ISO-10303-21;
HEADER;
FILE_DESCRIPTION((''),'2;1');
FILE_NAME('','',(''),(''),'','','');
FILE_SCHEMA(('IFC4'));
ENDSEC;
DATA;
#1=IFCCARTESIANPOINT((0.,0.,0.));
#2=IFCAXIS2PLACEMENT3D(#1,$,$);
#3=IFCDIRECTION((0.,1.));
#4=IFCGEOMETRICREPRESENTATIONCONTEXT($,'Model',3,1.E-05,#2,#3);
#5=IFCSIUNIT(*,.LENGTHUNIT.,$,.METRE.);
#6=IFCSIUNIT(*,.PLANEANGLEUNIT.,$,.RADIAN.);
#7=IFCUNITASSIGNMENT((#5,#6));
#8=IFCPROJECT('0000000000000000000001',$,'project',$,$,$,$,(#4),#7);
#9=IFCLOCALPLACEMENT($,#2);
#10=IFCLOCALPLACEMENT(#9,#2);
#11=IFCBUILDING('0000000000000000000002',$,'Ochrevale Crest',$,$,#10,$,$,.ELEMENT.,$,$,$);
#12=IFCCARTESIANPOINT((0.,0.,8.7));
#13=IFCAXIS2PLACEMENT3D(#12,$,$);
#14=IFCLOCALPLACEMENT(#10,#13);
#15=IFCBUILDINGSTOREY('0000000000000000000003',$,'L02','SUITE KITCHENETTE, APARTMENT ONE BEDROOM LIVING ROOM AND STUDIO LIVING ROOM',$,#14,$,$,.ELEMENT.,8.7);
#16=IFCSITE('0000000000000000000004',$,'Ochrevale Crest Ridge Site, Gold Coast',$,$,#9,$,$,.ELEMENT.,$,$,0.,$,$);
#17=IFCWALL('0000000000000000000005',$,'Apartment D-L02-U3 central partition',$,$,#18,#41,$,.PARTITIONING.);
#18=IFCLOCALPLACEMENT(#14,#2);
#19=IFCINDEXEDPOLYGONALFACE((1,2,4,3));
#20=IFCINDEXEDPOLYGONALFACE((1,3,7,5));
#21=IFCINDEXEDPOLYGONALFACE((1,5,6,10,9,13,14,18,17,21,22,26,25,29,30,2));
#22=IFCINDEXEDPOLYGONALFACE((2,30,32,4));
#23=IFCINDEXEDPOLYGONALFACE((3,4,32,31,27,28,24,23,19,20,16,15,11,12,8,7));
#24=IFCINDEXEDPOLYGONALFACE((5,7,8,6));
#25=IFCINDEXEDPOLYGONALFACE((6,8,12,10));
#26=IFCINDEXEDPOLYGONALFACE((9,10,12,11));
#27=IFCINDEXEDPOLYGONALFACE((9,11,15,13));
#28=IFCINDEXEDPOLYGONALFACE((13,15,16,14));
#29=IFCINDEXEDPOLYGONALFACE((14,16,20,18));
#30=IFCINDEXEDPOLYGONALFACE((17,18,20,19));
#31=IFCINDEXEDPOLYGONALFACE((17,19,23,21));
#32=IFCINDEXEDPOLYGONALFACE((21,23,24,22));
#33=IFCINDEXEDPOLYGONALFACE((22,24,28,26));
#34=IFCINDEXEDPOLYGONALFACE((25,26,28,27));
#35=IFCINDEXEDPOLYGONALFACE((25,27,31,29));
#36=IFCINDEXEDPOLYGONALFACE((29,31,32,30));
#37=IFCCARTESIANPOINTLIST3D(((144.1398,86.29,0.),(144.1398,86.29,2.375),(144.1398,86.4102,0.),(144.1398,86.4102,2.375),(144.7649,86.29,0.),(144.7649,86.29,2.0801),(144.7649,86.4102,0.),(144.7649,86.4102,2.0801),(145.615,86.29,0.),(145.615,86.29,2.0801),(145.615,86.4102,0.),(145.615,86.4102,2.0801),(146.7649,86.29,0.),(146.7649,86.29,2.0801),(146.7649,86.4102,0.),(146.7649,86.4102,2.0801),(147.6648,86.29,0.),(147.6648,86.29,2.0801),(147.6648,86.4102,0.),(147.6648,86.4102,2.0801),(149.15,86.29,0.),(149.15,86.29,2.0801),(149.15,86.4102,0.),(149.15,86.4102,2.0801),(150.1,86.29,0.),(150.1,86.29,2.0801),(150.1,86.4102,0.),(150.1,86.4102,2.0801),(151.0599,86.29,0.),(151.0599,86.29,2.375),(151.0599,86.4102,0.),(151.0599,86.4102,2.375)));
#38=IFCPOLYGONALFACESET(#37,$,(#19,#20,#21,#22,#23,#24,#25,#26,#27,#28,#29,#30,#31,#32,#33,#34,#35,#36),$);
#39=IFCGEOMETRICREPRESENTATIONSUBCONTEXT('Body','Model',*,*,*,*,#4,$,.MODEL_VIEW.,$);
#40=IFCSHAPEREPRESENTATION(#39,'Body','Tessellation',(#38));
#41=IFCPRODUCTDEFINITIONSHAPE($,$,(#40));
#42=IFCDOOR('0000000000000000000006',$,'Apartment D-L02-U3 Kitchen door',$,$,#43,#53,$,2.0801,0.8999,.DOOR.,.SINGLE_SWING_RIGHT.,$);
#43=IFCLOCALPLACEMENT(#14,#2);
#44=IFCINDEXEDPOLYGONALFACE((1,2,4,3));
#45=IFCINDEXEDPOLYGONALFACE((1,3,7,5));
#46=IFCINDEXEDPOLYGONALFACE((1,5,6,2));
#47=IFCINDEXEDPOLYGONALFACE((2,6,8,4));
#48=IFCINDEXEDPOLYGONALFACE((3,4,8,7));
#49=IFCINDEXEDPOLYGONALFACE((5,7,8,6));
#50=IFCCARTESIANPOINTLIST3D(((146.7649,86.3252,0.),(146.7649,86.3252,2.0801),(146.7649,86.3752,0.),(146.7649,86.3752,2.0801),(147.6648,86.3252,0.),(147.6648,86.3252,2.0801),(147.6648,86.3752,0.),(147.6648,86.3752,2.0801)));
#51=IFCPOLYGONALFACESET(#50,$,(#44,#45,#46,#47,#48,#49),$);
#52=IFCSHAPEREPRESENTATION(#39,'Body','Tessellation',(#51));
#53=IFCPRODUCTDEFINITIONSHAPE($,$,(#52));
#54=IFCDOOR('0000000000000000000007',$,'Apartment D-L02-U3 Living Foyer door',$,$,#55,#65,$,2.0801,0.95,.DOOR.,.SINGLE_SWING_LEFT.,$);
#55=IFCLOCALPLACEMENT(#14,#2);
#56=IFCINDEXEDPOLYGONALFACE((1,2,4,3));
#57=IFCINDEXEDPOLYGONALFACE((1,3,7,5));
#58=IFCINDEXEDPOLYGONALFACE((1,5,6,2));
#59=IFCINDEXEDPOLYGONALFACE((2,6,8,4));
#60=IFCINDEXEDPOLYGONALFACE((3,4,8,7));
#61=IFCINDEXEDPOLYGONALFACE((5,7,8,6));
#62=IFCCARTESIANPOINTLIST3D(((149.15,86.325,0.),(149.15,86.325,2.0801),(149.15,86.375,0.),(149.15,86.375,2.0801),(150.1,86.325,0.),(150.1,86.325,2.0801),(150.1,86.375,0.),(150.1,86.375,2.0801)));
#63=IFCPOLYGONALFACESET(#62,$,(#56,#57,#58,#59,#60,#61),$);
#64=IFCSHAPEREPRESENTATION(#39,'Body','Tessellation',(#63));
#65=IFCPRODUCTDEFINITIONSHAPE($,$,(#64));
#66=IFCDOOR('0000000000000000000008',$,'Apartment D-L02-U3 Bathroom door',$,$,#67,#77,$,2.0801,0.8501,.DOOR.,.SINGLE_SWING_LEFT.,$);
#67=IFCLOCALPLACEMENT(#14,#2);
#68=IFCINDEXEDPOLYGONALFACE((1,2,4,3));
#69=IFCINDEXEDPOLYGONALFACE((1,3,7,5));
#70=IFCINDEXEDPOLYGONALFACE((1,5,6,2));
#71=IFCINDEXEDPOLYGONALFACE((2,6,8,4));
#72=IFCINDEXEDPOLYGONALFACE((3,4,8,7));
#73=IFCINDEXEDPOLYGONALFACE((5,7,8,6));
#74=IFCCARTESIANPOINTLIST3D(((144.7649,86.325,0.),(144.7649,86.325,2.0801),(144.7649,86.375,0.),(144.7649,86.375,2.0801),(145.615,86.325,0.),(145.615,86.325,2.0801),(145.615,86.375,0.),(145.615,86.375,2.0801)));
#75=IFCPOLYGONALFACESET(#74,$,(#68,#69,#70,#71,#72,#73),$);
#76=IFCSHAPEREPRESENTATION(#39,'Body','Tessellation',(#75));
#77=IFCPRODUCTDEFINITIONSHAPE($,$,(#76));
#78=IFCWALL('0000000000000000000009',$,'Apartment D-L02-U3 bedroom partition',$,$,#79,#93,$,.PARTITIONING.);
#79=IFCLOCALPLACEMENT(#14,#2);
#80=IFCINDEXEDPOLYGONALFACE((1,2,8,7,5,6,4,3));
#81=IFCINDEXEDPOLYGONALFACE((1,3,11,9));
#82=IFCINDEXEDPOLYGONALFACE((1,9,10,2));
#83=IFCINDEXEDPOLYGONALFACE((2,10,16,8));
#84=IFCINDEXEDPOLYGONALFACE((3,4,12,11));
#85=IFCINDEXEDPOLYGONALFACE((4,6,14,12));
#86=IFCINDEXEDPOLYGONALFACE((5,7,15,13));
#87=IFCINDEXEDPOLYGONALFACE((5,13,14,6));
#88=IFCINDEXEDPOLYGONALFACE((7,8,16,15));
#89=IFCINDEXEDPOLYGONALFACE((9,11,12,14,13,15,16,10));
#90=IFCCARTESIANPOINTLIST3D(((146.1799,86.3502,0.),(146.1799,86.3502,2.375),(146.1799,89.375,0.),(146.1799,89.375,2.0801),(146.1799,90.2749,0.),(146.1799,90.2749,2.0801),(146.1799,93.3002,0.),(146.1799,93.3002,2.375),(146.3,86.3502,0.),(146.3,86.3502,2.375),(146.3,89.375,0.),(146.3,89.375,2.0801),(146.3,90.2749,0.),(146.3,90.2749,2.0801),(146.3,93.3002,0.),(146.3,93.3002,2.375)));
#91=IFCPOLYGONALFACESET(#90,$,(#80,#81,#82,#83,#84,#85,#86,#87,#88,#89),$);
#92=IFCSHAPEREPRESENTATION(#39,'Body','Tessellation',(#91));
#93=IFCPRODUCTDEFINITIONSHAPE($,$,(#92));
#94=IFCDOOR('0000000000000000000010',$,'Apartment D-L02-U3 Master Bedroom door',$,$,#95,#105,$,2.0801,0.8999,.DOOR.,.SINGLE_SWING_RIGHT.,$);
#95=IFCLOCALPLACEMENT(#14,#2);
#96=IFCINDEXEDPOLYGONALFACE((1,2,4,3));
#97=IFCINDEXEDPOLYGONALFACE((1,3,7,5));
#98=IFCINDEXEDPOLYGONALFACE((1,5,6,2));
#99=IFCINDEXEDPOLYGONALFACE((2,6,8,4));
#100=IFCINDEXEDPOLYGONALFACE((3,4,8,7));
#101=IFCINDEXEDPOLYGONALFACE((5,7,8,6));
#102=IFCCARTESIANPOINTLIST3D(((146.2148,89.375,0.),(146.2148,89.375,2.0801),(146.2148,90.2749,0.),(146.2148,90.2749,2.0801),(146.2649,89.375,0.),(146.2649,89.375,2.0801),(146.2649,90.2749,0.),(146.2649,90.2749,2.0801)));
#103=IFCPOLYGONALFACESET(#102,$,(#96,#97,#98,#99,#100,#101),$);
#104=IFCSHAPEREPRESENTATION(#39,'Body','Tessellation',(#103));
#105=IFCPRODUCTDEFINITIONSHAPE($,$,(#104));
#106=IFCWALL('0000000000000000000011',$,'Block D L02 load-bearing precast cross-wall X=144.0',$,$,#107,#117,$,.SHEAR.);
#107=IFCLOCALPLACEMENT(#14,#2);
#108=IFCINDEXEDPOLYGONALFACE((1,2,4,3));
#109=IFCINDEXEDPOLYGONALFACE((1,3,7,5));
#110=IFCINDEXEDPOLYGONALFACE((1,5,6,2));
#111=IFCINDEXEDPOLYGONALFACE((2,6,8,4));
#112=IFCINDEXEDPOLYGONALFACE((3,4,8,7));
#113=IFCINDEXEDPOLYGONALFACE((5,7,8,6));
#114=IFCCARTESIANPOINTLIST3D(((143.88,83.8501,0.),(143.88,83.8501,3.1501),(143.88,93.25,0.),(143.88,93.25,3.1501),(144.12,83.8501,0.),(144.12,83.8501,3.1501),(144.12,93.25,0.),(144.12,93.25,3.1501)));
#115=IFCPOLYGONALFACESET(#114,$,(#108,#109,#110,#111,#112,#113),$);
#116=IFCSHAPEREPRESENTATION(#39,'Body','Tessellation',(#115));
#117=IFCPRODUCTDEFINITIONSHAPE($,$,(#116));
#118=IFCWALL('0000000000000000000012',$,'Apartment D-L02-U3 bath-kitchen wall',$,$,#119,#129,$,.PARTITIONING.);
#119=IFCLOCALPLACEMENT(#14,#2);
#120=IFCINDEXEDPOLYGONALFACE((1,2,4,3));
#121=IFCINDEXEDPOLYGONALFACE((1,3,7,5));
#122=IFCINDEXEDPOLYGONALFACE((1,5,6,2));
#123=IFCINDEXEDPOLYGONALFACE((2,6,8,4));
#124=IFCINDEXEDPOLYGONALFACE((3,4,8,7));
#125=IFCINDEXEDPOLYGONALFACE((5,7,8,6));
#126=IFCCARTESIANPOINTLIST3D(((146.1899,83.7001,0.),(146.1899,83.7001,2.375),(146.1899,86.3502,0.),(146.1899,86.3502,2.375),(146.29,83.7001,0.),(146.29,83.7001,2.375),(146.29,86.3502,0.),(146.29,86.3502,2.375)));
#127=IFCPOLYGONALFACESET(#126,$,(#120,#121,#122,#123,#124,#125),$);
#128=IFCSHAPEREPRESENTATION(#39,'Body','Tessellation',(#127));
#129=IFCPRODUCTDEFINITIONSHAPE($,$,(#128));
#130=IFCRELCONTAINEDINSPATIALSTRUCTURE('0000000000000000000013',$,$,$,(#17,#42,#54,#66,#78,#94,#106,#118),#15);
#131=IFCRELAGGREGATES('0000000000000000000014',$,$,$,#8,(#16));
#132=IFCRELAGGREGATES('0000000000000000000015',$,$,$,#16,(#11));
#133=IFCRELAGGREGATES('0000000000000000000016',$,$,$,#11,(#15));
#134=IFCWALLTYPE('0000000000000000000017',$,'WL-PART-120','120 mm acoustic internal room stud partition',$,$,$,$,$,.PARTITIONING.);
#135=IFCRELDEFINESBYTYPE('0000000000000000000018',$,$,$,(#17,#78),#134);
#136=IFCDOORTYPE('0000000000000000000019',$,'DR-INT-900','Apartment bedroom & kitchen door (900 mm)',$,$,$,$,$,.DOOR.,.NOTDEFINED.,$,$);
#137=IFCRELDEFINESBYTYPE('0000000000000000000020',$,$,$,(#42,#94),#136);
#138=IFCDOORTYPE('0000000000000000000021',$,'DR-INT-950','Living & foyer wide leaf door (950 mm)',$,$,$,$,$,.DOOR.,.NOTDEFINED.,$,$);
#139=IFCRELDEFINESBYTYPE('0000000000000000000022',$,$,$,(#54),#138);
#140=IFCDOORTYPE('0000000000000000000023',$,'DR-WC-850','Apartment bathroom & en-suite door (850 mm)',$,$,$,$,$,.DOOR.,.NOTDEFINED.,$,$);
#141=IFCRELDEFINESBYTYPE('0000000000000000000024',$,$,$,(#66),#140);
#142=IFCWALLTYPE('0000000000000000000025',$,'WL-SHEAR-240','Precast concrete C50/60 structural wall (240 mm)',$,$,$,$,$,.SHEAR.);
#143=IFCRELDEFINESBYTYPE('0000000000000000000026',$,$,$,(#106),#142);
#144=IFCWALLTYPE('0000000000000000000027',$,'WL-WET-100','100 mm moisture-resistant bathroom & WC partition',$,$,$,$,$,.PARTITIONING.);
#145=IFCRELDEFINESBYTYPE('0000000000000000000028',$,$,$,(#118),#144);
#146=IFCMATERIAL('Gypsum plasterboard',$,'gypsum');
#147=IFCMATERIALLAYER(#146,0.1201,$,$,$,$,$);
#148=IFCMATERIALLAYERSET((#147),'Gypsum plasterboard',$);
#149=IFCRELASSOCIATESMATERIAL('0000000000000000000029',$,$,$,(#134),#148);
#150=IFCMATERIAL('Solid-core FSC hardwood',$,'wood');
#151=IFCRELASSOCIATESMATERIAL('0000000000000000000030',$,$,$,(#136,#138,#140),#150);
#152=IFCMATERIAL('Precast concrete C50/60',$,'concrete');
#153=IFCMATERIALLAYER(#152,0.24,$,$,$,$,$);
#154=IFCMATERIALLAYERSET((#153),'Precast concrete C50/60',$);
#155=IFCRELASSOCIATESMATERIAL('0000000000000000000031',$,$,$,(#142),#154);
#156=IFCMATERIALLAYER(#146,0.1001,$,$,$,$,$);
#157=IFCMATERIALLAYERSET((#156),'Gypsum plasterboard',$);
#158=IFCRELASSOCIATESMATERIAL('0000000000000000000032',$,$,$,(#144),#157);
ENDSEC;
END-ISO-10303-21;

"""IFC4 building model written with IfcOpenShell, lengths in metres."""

from ifc_helpers import new_model, si_unit, direction, frame, frame_2d, origin, place, context, subcontext, project, spatial, rectangle, extrude, material, layer, layer_set, type_object, element, fill, save


model = new_model("IFC4")

# Units and contexts
model_context = context("Model", 3, precision=1e-05, world=origin(), true_north=direction((0.0, 1.0)))
body_context = subcontext(model_context, "Body", "Model", "MODEL_VIEW")
ifc_project = project(units=[si_unit("LENGTHUNIT", "METRE"), si_unit("PLANEANGLEUNIT", "RADIAN")], contexts=[model_context])

# Site, building, storey
site_placement = place(None, origin())
site = spatial("IfcSite", under=ifc_project, at=site_placement, Name="Ochrevale Crest Ridge Site, Gold Coast", CompositionType="ELEMENT", RefElevation=0.0)
building_placement = place(site_placement, origin())
building = spatial("IfcBuilding", under=site, at=building_placement, Name="Ochrevale Crest", CompositionType="ELEMENT")
storey_placement = place(building_placement, frame((0.0, 0.0, 8.7)))
storey = spatial("IfcBuildingStorey", under=building, at=storey_placement, Name="L02", Description="SUITE KITCHENETTE, APARTMENT ONE BEDROOM LIVING ROOM AND STUDIO LIVING ROOM", CompositionType="ELEMENT", Elevation=8.7)

# Shared definitions
ifc_material_1 = material(Name="Precast concrete C50/60", Category="concrete")

# Shared definitions
ifc_material_2 = material(Name="Gypsum plasterboard", Category="gypsum")
ifc_material_3 = material(Name="Solid-core FSC hardwood", Category="wood")

# Shared definitions
ifc_layer_1 = layer(ifc_material_2, 0.1201)
ifc_layer_set_1 = layer_set([ifc_layer_1], Name="Gypsum plasterboard")
wall_type_1 = type_object("IfcWallType", Name="WL-PART-120", Description="120 mm acoustic internal room stud partition", PredefinedType="PARTITIONING", material=ifc_layer_set_1)

# Wall, openings, doors
wall_1_placement = place(storey_placement, frame((144.1399, 86.3501, 0.0), z_axis=(0.0, 0.0, 1.0), x_axis=(1.0, 0.0, 0.0)))
wall_1 = element("IfcWall", 1, at=wall_1_placement, inside=storey, type_object=wall_type_1, Name="Apartment D-L02-U3 central partition", PredefinedType="PARTITIONING", context=body_context, shape_type="SweptSolid", body=[
    extrude(rectangle(XDim=6.9202, YDim=0.1201, at=frame_2d((3.46, 0.0))), origin(), (0.0, 0.0, 1.0), 2.375),
])
opening_1_placement = place(wall_1_placement, frame((0.625, 0.0, 0.0)))
opening_1 = element("IfcOpeningElement", 2, at=opening_1_placement, cuts=wall_1, PredefinedType="OPENING", context=body_context, shape_type="SweptSolid", body=[
    extrude(rectangle(XDim=0.8501, YDim=2.0801, at=frame_2d((0.425, 1.04))), frame((0.0, 0.0701, 0.0), z_axis=(0.0, -1.0, 0.0), x_axis=(1.0, 0.0, 0.0)), (0.0, 0.0, 1.0), 0.1401),
])
opening_2_placement = place(wall_1_placement, frame((3.5249, 0.0, 0.0), z_axis=(0.0, 0.0, 1.0), x_axis=(-1.0, 0.0, 0.0)))
opening_2 = element("IfcOpeningElement", 3, at=opening_2_placement, cuts=wall_1, PredefinedType="OPENING", context=body_context, shape_type="SweptSolid", body=[
    extrude(rectangle(XDim=0.8999, YDim=2.0801, at=frame_2d((0.45, 1.04))), frame((0.0, 0.0701, 0.0), z_axis=(0.0, -1.0, 0.0), x_axis=(1.0, 0.0, 0.0)), (0.0, 0.0, 1.0), 0.1401),
])
opening_3_placement = place(wall_1_placement, frame((5.01, 0.0, 0.0)))
opening_3 = element("IfcOpeningElement", 4, at=opening_3_placement, cuts=wall_1, PredefinedType="OPENING", context=body_context, shape_type="SweptSolid", body=[
    extrude(rectangle(XDim=0.95, YDim=2.0801, at=frame_2d((0.4751, 1.04))), frame((0.0, 0.0701, 0.0), z_axis=(0.0, -1.0, 0.0), x_axis=(1.0, 0.0, 0.0)), (0.0, 0.0, 1.0), 0.1401),
])
door_type_1 = type_object("IfcDoorType", Name="DR-INT-900", Description="Apartment bedroom & kitchen door (900 mm)", OperationType="NOTDEFINED", PredefinedType="DOOR", material=ifc_material_3)
door_1_placement = place(opening_2_placement, origin())
door_1 = element("IfcDoor", 5, at=door_1_placement, inside=storey, type_object=door_type_1, Name="Apartment D-L02-U3 Kitchen door", OperationType="SINGLE_SWING_RIGHT", OverallHeight=2.0801, OverallWidth=0.8999, PredefinedType="DOOR", context=body_context, shape_type="SweptSolid", body=[
    extrude(rectangle(XDim=0.8999, YDim=2.0801, at=frame_2d((0.45, 1.04))), frame((0.0, 0.0249, 0.0), z_axis=(0.0, -1.0, 0.0), x_axis=(1.0, 0.0, 0.0)), (0.0, 0.0, 1.0), 0.05),
])
fill(opening_2, door_1)
door_type_2 = type_object("IfcDoorType", Name="DR-INT-950", Description="Living & foyer wide leaf door (950 mm)", OperationType="NOTDEFINED", PredefinedType="DOOR", material=ifc_material_3)
door_2_placement = place(opening_3_placement, origin())
door_2 = element("IfcDoor", 6, at=door_2_placement, inside=storey, type_object=door_type_2, Name="Apartment D-L02-U3 Living Foyer door", OperationType="SINGLE_SWING_LEFT", OverallHeight=2.0801, OverallWidth=0.95, PredefinedType="DOOR", context=body_context, shape_type="SweptSolid", body=[
    extrude(rectangle(XDim=0.95, YDim=2.0801, at=frame_2d((0.4751, 1.04))), frame((0.0, 0.0249, 0.0), z_axis=(0.0, -1.0, 0.0), x_axis=(1.0, 0.0, 0.0)), (0.0, 0.0, 1.0), 0.05),
])
fill(opening_3, door_2)
door_type_3 = type_object("IfcDoorType", Name="DR-WC-850", Description="Apartment bathroom & en-suite door (850 mm)", OperationType="NOTDEFINED", PredefinedType="DOOR", material=ifc_material_3)
door_3_placement = place(opening_1_placement, origin())
door_3 = element("IfcDoor", 7, at=door_3_placement, inside=storey, type_object=door_type_3, Name="Apartment D-L02-U3 Bathroom door", OperationType="SINGLE_SWING_LEFT", OverallHeight=2.0801, OverallWidth=0.8501, PredefinedType="DOOR", context=body_context, shape_type="SweptSolid", body=[
    extrude(rectangle(XDim=0.8501, YDim=2.0801, at=frame_2d((0.425, 1.04))), frame((0.0, 0.0249, 0.0), z_axis=(0.0, -1.0, 0.0), x_axis=(1.0, 0.0, 0.0)), (0.0, 0.0, 1.0), 0.05),
])
fill(opening_1, door_3)

# Wall, opening, door
wall_2_placement = place(storey_placement, frame((146.24, 86.3501, 0.0), z_axis=(0.0, 0.0, 1.0), x_axis=(0.0, 1.0, 0.0)))
wall_2 = element("IfcWall", 8, at=wall_2_placement, inside=storey, type_object=wall_type_1, Name="Apartment D-L02-U3 bedroom partition", PredefinedType="PARTITIONING", context=body_context, shape_type="SweptSolid", body=[
    extrude(rectangle(XDim=6.95, YDim=0.1201, at=frame_2d((3.4751, 0.0))), origin(), (0.0, 0.0, 1.0), 2.375),
])
opening_4_placement = place(wall_2_placement, frame((3.9248, 0.0, 0.0), z_axis=(0.0, 0.0, 1.0), x_axis=(-1.0, 0.0, 0.0)))
opening_4 = element("IfcOpeningElement", 9, at=opening_4_placement, cuts=wall_2, PredefinedType="OPENING", context=body_context, shape_type="SweptSolid", body=[
    extrude(rectangle(XDim=0.8999, YDim=2.0801, at=frame_2d((0.45, 1.04))), frame((0.0, 0.0701, 0.0), z_axis=(0.0, -1.0, 0.0), x_axis=(1.0, 0.0, 0.0)), (0.0, 0.0, 1.0), 0.1401),
])
door_4_placement = place(opening_4_placement, origin())
door_4 = element("IfcDoor", 10, at=door_4_placement, inside=storey, type_object=door_type_1, Name="Apartment D-L02-U3 Master Bedroom door", OperationType="SINGLE_SWING_RIGHT", OverallHeight=2.0801, OverallWidth=0.8999, PredefinedType="DOOR", context=body_context, shape_type="SweptSolid", body=[
    extrude(rectangle(XDim=0.8999, YDim=2.0801, at=frame_2d((0.45, 1.04))), frame((0.0, 0.0249, 0.0), z_axis=(0.0, -1.0, 0.0), x_axis=(1.0, 0.0, 0.0)), (0.0, 0.0, 1.0), 0.05),
])
fill(opening_4, door_4)

# Walls
ifc_layer_2 = layer(ifc_material_1, 0.24)
ifc_layer_set_2 = layer_set([ifc_layer_2], Name="Precast concrete C50/60")
wall_type_2 = type_object("IfcWallType", Name="WL-SHEAR-240", Description="Precast concrete C50/60 structural wall (240 mm)", PredefinedType="SHEAR", material=ifc_layer_set_2)
wall_3_placement = place(storey_placement, frame((144.0, 83.8501, 0.0), z_axis=(0.0, 0.0, 1.0), x_axis=(0.0, 1.0, 0.0)))
element("IfcWall", 11, at=wall_3_placement, inside=storey, type_object=wall_type_2, Name="Block D L02 load-bearing precast cross-wall X=144.0", PredefinedType="SHEAR", context=body_context, shape_type="SweptSolid", body=[
    extrude(rectangle(XDim=9.3999, YDim=0.24, at=frame_2d((4.7, 0.0))), origin(), (0.0, 0.0, 1.0), 3.1501),
])
ifc_layer_3 = layer(ifc_material_2, 0.1001)
ifc_layer_set_3 = layer_set([ifc_layer_3], Name="Gypsum plasterboard")
wall_type_3 = type_object("IfcWallType", Name="WL-WET-100", Description="100 mm moisture-resistant bathroom & WC partition", PredefinedType="PARTITIONING", material=ifc_layer_set_3)
wall_4_placement = place(storey_placement, frame((146.24, 83.7, 0.0), z_axis=(0.0, 0.0, 1.0), x_axis=(0.0, 1.0, 0.0)))
element("IfcWall", 12, at=wall_4_placement, inside=storey, type_object=wall_type_3, Name="Apartment D-L02-U3 bath-kitchen wall", PredefinedType="PARTITIONING", context=body_context, shape_type="SweptSolid", body=[
    extrude(rectangle(XDim=2.6501, YDim=0.1001, at=frame_2d((1.3252, 0.0))), origin(), (0.0, 0.0, 1.0), 2.375),
])

save(model, "model.ifc")
